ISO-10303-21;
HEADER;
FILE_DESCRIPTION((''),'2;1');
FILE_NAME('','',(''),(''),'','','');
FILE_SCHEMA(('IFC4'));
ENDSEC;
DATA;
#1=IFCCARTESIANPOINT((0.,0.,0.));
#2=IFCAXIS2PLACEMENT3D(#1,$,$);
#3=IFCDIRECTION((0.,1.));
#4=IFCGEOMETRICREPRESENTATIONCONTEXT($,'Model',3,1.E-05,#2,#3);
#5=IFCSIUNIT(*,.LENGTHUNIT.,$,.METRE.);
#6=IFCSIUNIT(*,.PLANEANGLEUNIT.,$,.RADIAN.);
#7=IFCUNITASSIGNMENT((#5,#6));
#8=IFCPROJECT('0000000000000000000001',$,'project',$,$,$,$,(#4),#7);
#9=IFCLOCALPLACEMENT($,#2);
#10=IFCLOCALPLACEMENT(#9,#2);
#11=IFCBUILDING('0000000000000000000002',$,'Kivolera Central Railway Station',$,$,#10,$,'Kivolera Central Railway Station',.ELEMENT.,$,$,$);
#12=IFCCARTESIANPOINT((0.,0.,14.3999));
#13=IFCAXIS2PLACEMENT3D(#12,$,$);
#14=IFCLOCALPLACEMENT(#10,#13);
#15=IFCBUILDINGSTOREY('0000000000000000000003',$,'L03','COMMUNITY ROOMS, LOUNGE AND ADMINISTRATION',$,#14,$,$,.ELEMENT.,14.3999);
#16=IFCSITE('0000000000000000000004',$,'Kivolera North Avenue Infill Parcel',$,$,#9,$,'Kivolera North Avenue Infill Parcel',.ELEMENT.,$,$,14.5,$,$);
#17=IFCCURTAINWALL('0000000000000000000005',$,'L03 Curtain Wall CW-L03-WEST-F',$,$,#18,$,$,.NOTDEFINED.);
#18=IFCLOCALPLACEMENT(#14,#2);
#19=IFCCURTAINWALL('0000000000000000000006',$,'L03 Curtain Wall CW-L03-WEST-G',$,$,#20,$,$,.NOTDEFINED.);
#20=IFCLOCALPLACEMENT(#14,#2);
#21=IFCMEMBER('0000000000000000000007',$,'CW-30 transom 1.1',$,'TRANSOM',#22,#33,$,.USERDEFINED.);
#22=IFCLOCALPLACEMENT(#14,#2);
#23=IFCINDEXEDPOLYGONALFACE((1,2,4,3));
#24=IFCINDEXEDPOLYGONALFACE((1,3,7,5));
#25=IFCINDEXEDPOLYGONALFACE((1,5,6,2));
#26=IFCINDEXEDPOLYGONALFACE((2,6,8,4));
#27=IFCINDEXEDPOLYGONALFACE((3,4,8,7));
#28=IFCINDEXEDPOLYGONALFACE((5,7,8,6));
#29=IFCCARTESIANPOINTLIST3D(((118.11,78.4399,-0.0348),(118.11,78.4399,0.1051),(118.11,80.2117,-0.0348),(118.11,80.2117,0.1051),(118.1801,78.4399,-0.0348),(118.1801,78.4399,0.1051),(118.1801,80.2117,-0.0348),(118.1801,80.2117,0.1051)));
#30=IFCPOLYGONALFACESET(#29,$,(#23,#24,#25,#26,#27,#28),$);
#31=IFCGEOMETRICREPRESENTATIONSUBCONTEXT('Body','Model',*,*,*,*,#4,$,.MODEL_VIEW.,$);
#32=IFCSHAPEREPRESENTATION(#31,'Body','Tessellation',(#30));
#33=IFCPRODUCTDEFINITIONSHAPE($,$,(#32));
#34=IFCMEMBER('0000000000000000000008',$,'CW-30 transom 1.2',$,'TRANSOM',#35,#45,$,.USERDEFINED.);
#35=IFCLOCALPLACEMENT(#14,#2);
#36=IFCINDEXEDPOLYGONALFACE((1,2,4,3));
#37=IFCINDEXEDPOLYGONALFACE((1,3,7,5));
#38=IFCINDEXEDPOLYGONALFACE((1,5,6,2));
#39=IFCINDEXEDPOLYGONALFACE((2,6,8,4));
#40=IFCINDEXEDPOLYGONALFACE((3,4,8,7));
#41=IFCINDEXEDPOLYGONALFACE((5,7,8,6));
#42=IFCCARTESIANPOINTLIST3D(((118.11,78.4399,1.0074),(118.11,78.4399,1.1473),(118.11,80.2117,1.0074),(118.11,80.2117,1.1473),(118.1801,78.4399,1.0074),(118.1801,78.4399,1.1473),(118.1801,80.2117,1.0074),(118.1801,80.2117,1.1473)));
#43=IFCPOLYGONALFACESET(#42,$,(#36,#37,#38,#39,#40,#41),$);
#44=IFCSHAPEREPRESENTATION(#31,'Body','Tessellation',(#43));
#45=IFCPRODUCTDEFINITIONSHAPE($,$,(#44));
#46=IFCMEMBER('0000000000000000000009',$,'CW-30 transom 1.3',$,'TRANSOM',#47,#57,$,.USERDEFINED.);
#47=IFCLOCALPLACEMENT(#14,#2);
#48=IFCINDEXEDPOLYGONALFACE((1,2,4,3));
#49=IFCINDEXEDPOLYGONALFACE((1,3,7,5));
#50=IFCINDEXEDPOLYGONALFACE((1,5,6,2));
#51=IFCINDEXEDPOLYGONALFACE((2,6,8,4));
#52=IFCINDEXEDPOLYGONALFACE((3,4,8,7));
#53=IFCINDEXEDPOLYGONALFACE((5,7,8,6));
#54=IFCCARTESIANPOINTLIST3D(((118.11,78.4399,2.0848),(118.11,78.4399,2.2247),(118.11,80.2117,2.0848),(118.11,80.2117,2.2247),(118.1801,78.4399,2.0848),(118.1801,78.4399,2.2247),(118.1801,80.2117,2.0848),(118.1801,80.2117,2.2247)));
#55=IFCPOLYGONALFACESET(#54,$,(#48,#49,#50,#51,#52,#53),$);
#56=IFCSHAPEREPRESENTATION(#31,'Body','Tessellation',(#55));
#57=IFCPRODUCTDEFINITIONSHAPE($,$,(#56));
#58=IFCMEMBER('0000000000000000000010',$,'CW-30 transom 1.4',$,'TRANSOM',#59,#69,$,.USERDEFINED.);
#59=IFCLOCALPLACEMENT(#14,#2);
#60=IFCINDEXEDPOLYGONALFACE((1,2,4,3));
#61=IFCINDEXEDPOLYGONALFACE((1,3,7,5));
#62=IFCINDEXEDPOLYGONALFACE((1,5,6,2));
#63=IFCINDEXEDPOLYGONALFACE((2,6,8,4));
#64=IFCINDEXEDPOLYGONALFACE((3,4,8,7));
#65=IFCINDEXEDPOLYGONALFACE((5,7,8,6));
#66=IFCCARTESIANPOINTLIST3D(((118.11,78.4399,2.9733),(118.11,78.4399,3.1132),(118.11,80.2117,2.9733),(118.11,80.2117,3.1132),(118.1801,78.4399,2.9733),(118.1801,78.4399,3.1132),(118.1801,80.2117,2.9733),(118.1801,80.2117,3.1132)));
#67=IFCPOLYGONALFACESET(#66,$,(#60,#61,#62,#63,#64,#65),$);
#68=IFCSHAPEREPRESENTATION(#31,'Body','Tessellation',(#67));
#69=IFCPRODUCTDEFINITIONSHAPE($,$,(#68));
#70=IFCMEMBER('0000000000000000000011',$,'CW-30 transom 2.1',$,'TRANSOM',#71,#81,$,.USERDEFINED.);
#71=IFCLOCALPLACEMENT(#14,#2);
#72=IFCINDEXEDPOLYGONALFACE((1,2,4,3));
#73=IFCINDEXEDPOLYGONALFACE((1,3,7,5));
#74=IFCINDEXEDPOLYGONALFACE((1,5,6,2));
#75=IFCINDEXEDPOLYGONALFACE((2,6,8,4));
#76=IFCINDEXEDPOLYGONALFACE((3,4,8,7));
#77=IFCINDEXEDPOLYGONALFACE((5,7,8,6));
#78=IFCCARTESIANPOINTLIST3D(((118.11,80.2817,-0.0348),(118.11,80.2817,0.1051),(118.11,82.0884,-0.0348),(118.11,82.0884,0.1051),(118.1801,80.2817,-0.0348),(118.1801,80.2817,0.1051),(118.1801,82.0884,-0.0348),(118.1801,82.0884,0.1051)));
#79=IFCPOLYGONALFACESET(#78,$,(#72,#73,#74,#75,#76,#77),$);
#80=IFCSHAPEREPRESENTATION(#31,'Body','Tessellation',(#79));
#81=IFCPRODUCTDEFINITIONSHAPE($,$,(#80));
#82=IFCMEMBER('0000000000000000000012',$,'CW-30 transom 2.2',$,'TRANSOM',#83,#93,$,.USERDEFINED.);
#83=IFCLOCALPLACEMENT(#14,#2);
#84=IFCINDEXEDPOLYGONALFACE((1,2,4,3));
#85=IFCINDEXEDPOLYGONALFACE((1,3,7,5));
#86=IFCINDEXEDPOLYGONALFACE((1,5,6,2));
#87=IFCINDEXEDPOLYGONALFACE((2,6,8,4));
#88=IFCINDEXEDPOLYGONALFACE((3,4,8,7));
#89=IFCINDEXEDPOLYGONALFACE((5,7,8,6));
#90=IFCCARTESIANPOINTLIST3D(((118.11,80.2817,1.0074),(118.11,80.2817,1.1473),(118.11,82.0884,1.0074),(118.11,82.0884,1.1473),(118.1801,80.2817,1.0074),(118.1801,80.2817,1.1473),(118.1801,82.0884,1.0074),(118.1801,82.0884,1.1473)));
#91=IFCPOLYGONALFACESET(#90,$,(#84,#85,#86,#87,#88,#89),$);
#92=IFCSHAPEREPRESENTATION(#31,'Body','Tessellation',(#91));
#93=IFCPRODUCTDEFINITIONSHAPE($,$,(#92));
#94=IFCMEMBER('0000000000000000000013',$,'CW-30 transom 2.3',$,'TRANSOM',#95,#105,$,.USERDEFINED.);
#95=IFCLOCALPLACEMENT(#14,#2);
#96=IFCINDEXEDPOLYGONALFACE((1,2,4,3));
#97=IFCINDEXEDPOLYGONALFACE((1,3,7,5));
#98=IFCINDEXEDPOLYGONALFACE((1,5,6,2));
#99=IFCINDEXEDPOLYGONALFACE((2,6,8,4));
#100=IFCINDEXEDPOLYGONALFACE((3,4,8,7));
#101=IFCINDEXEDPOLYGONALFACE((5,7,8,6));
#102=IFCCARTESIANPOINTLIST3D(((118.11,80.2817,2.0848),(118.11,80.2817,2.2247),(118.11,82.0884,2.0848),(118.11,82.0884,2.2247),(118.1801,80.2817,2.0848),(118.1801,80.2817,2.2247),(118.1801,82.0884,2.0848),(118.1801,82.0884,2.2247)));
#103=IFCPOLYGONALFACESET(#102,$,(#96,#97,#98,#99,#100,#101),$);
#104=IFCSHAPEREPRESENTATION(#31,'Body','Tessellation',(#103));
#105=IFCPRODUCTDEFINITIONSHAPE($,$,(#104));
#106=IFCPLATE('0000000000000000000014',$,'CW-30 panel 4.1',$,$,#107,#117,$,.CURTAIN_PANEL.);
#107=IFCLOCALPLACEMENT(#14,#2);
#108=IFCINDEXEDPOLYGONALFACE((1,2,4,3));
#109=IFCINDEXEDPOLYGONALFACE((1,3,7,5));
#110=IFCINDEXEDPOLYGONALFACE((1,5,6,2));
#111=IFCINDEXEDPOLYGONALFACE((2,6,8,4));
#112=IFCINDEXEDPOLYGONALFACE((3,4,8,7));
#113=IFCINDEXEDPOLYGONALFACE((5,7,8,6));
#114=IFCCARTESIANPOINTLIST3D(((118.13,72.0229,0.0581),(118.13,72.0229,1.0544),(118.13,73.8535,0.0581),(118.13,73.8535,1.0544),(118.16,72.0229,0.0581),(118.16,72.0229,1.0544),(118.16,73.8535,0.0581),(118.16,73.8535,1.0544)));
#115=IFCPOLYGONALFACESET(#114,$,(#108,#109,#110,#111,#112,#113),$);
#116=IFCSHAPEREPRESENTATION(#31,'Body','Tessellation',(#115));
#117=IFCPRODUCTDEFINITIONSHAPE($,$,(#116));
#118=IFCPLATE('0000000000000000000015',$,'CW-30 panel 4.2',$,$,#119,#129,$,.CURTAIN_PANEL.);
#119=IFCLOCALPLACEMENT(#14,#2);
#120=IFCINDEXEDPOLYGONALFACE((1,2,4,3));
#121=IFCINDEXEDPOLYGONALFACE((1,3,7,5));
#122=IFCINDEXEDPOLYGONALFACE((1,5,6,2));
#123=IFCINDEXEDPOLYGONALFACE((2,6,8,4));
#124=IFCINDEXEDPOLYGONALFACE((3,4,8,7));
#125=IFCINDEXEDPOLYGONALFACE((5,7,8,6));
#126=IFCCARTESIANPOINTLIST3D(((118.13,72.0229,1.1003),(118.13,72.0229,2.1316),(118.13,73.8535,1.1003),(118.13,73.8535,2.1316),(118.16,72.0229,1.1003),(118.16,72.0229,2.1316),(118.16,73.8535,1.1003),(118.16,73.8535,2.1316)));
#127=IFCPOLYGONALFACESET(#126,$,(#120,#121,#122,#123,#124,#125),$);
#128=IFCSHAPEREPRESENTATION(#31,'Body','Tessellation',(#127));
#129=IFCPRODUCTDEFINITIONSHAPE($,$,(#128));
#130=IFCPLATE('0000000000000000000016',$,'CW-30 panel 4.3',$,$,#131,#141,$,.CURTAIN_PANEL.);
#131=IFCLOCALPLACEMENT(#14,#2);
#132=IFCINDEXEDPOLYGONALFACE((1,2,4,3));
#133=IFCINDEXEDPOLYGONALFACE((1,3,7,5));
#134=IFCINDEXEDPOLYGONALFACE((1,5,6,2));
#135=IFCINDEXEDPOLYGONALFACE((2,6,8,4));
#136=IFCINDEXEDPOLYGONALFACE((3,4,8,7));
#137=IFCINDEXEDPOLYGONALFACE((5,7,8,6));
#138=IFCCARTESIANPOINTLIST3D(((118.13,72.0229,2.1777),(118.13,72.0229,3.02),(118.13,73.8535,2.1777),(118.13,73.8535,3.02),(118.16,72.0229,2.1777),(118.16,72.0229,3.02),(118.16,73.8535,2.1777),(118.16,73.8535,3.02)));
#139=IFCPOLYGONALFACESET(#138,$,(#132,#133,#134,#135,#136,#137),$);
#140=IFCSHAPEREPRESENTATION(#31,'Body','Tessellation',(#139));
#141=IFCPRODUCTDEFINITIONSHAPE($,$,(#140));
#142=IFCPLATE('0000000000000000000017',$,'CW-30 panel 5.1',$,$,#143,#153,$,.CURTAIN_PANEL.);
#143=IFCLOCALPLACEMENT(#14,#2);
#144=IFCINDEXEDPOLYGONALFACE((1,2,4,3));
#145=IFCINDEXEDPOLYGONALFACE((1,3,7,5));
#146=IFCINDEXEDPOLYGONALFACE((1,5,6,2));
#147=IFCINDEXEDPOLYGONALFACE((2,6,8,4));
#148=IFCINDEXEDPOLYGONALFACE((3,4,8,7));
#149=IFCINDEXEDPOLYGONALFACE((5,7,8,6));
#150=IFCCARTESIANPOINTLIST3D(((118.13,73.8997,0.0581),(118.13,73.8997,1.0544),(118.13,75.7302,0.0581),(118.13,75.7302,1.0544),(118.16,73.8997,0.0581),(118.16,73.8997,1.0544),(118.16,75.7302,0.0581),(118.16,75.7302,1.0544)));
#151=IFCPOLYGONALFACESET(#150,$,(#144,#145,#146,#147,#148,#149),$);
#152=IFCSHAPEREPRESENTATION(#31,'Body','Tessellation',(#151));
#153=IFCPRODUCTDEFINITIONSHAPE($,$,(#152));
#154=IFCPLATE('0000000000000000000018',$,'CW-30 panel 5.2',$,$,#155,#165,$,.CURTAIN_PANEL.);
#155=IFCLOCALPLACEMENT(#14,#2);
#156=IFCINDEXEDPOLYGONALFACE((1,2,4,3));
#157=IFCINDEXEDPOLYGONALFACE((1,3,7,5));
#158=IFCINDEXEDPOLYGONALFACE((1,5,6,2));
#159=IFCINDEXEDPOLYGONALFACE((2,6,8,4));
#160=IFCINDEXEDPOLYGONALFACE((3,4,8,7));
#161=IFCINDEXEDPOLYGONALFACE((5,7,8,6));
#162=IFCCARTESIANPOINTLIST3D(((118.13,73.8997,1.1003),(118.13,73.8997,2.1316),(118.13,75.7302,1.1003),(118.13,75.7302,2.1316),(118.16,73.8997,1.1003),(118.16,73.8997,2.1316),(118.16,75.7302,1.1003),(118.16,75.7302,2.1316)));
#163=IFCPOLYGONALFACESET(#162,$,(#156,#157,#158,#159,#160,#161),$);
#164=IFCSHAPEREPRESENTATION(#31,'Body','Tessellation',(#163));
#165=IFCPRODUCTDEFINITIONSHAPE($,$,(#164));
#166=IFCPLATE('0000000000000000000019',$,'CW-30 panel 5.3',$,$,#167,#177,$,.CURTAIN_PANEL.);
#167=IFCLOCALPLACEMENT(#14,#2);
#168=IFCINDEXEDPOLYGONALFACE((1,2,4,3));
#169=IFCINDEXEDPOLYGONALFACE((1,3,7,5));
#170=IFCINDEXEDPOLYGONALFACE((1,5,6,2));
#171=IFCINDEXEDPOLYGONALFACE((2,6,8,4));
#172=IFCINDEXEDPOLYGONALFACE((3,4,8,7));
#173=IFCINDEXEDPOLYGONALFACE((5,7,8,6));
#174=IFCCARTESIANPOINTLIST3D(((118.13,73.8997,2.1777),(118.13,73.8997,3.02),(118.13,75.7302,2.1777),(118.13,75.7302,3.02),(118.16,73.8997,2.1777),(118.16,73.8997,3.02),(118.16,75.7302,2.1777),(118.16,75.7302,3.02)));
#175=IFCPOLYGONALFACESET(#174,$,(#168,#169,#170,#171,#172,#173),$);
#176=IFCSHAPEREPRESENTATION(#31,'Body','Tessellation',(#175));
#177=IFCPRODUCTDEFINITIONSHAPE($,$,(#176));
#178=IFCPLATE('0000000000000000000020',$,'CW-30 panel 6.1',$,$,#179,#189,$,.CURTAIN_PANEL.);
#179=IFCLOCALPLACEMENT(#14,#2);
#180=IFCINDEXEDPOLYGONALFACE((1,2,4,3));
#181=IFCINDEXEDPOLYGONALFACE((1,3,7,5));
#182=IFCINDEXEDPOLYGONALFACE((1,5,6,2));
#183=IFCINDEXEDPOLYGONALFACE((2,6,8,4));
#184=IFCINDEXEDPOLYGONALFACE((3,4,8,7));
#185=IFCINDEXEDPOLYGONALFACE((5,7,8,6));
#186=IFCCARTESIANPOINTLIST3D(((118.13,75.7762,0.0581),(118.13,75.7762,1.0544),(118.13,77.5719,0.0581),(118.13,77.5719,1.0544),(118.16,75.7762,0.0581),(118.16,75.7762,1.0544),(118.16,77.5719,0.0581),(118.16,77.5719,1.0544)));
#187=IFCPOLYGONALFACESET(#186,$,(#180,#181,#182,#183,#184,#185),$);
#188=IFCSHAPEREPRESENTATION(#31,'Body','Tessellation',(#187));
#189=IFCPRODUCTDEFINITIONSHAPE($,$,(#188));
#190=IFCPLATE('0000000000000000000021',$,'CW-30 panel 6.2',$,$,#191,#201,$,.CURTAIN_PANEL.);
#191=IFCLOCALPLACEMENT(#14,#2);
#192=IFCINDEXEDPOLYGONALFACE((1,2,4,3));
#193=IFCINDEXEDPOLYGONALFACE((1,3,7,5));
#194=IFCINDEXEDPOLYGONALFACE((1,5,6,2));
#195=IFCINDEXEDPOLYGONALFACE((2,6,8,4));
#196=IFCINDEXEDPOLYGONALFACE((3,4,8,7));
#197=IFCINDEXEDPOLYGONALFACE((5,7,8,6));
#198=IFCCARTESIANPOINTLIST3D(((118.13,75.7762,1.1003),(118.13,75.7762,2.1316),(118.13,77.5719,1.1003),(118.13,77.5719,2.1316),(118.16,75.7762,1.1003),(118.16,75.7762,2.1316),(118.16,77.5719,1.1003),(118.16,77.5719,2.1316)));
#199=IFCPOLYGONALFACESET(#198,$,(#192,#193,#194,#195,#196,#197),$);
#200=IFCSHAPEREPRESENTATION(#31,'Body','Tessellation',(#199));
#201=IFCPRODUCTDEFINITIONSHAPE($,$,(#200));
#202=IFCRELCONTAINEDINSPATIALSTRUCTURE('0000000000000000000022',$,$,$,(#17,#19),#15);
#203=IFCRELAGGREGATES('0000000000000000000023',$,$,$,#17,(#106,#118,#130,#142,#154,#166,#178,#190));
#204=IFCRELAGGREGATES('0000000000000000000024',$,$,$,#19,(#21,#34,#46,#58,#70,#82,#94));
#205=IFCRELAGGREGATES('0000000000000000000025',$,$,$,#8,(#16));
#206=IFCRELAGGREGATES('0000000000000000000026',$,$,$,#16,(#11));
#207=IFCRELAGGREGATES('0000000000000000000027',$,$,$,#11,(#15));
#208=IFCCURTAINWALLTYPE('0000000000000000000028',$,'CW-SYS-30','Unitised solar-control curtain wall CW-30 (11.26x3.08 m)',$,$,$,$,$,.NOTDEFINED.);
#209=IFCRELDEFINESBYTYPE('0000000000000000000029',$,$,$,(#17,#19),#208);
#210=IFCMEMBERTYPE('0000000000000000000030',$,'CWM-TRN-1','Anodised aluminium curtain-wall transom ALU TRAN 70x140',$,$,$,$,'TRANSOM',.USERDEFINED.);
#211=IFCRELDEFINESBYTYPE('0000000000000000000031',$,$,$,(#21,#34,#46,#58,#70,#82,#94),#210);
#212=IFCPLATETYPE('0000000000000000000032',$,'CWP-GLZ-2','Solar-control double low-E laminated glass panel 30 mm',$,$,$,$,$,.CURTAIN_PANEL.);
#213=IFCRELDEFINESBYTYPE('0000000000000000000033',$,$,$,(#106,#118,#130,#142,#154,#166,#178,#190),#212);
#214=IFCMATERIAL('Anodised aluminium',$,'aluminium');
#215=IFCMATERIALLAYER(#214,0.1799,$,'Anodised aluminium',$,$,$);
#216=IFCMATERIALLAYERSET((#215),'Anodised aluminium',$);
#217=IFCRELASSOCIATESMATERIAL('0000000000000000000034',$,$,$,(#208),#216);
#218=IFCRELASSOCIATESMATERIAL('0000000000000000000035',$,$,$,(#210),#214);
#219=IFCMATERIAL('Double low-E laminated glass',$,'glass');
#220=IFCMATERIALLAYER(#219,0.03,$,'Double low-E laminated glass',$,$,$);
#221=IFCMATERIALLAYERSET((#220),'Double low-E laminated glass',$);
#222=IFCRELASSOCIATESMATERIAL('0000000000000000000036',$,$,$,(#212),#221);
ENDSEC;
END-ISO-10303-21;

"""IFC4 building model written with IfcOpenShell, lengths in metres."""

from ifc_helpers import new_model, si_unit, direction, frame, origin, origin_2d, place, context, subcontext, project, spatial, rectangle, extrude, material, layer, layer_set, material_profile, profile_set, type_object, element, aggregate, save


model = new_model("IFC4")

# Units and contexts
model_context = context("Model", 3, precision=1e-05, world=origin(), true_north=direction((0.0, 1.0)))
body_context = subcontext(model_context, "Body", "Model", "MODEL_VIEW")
ifc_project = project(units=[si_unit("LENGTHUNIT", "METRE"), si_unit("PLANEANGLEUNIT", "RADIAN")], contexts=[model_context])

# Site, building, storey
site_placement = place(None, origin())
site = spatial("IfcSite", under=ifc_project, at=site_placement, Name="Kivolera North Avenue Infill Parcel", LongName="Kivolera North Avenue Infill Parcel", CompositionType="ELEMENT", RefElevation=14.5)
building_placement = place(site_placement, origin())
building = spatial("IfcBuilding", under=site, at=building_placement, Name="Kivolera Central Railway Station", LongName="Kivolera Central Railway Station", CompositionType="ELEMENT")
storey_placement = place(building_placement, frame((0.0, 0.0, 14.3999)))
storey = spatial("IfcBuildingStorey", under=building, at=storey_placement, Name="L03", Description="COMMUNITY ROOMS, LOUNGE AND ADMINISTRATION", CompositionType="ELEMENT", Elevation=14.3999)

# Curtain walls
ifc_material_1 = material(Name="Anodised aluminium", Category="aluminium")
ifc_layer_1 = layer(ifc_material_1, 0.1799, Name="Anodised aluminium")
ifc_layer_set_1 = layer_set([ifc_layer_1], Name="Anodised aluminium")
curtain_wall_type = type_object("IfcCurtainWallType", Name="CW-SYS-30", Description="Unitised solar-control curtain wall CW-30 (11.26x3.08 m)", PredefinedType="NOTDEFINED", material=ifc_layer_set_1)
curtain_wall_1_placement = place(storey_placement, origin())
curtain_wall_1 = element("IfcCurtainWall", 1, at=curtain_wall_1_placement, inside=storey, type_object=curtain_wall_type, Name="L03 Curtain Wall CW-L03-WEST-F", PredefinedType="NOTDEFINED")
curtain_wall_2_placement = place(storey_placement, origin())
curtain_wall_2 = element("IfcCurtainWall", 2, at=curtain_wall_2_placement, inside=storey, type_object=curtain_wall_type, Name="L03 Curtain Wall CW-L03-WEST-G", PredefinedType="NOTDEFINED")

# Members
ifc_material_profile_1 = material_profile(ifc_material_1, rectangle(XDim=0.0701, YDim=0.1399, at=origin_2d()), Name="ALU TRAN 70x140")
ifc_profile_set_1 = profile_set([ifc_material_profile_1], Name="Anodised aluminium")
member_type_1 = type_object("IfcMemberType", Name="CWM-TRN-1", Description="Anodised aluminium curtain-wall transom ALU TRAN 70x140", ElementType="TRANSOM", PredefinedType="USERDEFINED", material=ifc_profile_set_1)
member_1_placement = place(storey_placement, frame((118.145, 78.4399, 0.0352), z_axis=(0.0, 1.0, 0.0), x_axis=(-1.0, 0.0, 0.0)))
member_1 = element("IfcMember", 3, at=member_1_placement, type_object=member_type_1, Name="CW-30 transom 1.1", ObjectType="TRANSOM", PredefinedType="USERDEFINED", context=body_context, shape_type="SweptSolid", body=[
    extrude(rectangle(XDim=0.0701, YDim=0.1399, at=origin_2d()), origin(), (0.0, 0.0, 1.0), 1.7717),
])
member_2_placement = place(storey_placement, frame((118.145, 78.4399, 1.0774), z_axis=(0.0, 1.0, 0.0), x_axis=(-1.0, 0.0, 0.0)))
member_2 = element("IfcMember", 4, at=member_2_placement, type_object=member_type_1, Name="CW-30 transom 1.2", ObjectType="TRANSOM", PredefinedType="USERDEFINED", context=body_context, shape_type="SweptSolid", body=[
    extrude(rectangle(XDim=0.0701, YDim=0.1399, at=origin_2d()), origin(), (0.0, 0.0, 1.0), 1.7717),
])
member_3_placement = place(storey_placement, frame((118.145, 78.4399, 2.1548), z_axis=(0.0, 1.0, 0.0), x_axis=(-1.0, 0.0, 0.0)))
member_3 = element("IfcMember", 5, at=member_3_placement, type_object=member_type_1, Name="CW-30 transom 1.3", ObjectType="TRANSOM", PredefinedType="USERDEFINED", context=body_context, shape_type="SweptSolid", body=[
    extrude(rectangle(XDim=0.0701, YDim=0.1399, at=origin_2d()), origin(), (0.0, 0.0, 1.0), 1.7717),
])
member_4_placement = place(storey_placement, frame((118.145, 78.4399, 3.0432), z_axis=(0.0, 1.0, 0.0), x_axis=(-1.0, 0.0, 0.0)))
member_4 = element("IfcMember", 6, at=member_4_placement, type_object=member_type_1, Name="CW-30 transom 1.4", ObjectType="TRANSOM", PredefinedType="USERDEFINED", context=body_context, shape_type="SweptSolid", body=[
    extrude(rectangle(XDim=0.0701, YDim=0.1399, at=origin_2d()), origin(), (0.0, 0.0, 1.0), 1.7717),
])
member_5_placement = place(storey_placement, frame((118.145, 80.2817, 0.0352), z_axis=(0.0, 1.0, 0.0), x_axis=(-1.0, 0.0, 0.0)))
member_5 = element("IfcMember", 7, at=member_5_placement, type_object=member_type_1, Name="CW-30 transom 2.1", ObjectType="TRANSOM", PredefinedType="USERDEFINED", context=body_context, shape_type="SweptSolid", body=[
    extrude(rectangle(XDim=0.0701, YDim=0.1399, at=origin_2d()), origin(), (0.0, 0.0, 1.0), 1.8066),
])
member_6_placement = place(storey_placement, frame((118.145, 80.2817, 1.0774), z_axis=(0.0, 1.0, 0.0), x_axis=(-1.0, 0.0, 0.0)))
member_6 = element("IfcMember", 8, at=member_6_placement, type_object=member_type_1, Name="CW-30 transom 2.2", ObjectType="TRANSOM", PredefinedType="USERDEFINED", context=body_context, shape_type="SweptSolid", body=[
    extrude(rectangle(XDim=0.0701, YDim=0.1399, at=origin_2d()), origin(), (0.0, 0.0, 1.0), 1.8066),
])
member_7_placement = place(storey_placement, frame((118.145, 80.2817, 2.1548), z_axis=(0.0, 1.0, 0.0), x_axis=(-1.0, 0.0, 0.0)))
member_7 = element("IfcMember", 9, at=member_7_placement, type_object=member_type_1, Name="CW-30 transom 2.3", ObjectType="TRANSOM", PredefinedType="USERDEFINED", context=body_context, shape_type="SweptSolid", body=[
    extrude(rectangle(XDim=0.0701, YDim=0.1399, at=origin_2d()), origin(), (0.0, 0.0, 1.0), 1.8066),
])

# Plates
ifc_material_2 = material(Name="Double low-E laminated glass", Category="glass")
ifc_layer_2 = layer(ifc_material_2, 0.03, Name="Double low-E laminated glass")
ifc_layer_set_2 = layer_set([ifc_layer_2], Name="Double low-E laminated glass")
plate_type = type_object("IfcPlateType", Name="CWP-GLZ-2", Description="Solar-control double low-E laminated glass panel 30 mm", PredefinedType="CURTAIN_PANEL", material=ifc_layer_set_2)
plate_1_placement = place(storey_placement, frame((118.145, 72.9382, 0.0581), z_axis=(0.0, 0.0, 1.0), x_axis=(0.0, 1.0, 0.0)))
plate_1 = element("IfcPlate", 10, at=plate_1_placement, type_object=plate_type, Name="CW-30 panel 4.1", PredefinedType="CURTAIN_PANEL", context=body_context, shape_type="SweptSolid", body=[
    extrude(rectangle(XDim=1.8306, YDim=0.03, at=origin_2d()), origin(), (0.0, 0.0, 1.0), 0.9963),
])
plate_2_placement = place(storey_placement, frame((118.145, 72.9382, 1.1003), z_axis=(0.0, 0.0, 1.0), x_axis=(0.0, 1.0, 0.0)))
plate_2 = element("IfcPlate", 11, at=plate_2_placement, type_object=plate_type, Name="CW-30 panel 4.2", PredefinedType="CURTAIN_PANEL", context=body_context, shape_type="SweptSolid", body=[
    extrude(rectangle(XDim=1.8306, YDim=0.03, at=origin_2d()), origin(), (0.0, 0.0, 1.0), 1.0312),
])
plate_3_placement = place(storey_placement, frame((118.145, 72.9382, 2.1777), z_axis=(0.0, 0.0, 1.0), x_axis=(0.0, 1.0, 0.0)))
plate_3 = element("IfcPlate", 12, at=plate_3_placement, type_object=plate_type, Name="CW-30 panel 4.3", PredefinedType="CURTAIN_PANEL", context=body_context, shape_type="SweptSolid", body=[
    extrude(rectangle(XDim=1.8306, YDim=0.03, at=origin_2d()), origin(), (0.0, 0.0, 1.0), 0.8423),
])
plate_4_placement = place(storey_placement, frame((118.145, 74.8149, 0.0581), z_axis=(0.0, 0.0, 1.0), x_axis=(0.0, 1.0, 0.0)))
plate_4 = element("IfcPlate", 13, at=plate_4_placement, type_object=plate_type, Name="CW-30 panel 5.1", PredefinedType="CURTAIN_PANEL", context=body_context, shape_type="SweptSolid", body=[
    extrude(rectangle(XDim=1.8306, YDim=0.03, at=origin_2d()), origin(), (0.0, 0.0, 1.0), 0.9963),
])
plate_5_placement = place(storey_placement, frame((118.145, 74.8149, 1.1003), z_axis=(0.0, 0.0, 1.0), x_axis=(0.0, 1.0, 0.0)))
plate_5 = element("IfcPlate", 14, at=plate_5_placement, type_object=plate_type, Name="CW-30 panel 5.2", PredefinedType="CURTAIN_PANEL", context=body_context, shape_type="SweptSolid", body=[
    extrude(rectangle(XDim=1.8306, YDim=0.03, at=origin_2d()), origin(), (0.0, 0.0, 1.0), 1.0312),
])
plate_6_placement = place(storey_placement, frame((118.145, 74.8149, 2.1777), z_axis=(0.0, 0.0, 1.0), x_axis=(0.0, 1.0, 0.0)))
plate_6 = element("IfcPlate", 15, at=plate_6_placement, type_object=plate_type, Name="CW-30 panel 5.3", PredefinedType="CURTAIN_PANEL", context=body_context, shape_type="SweptSolid", body=[
    extrude(rectangle(XDim=1.8306, YDim=0.03, at=origin_2d()), origin(), (0.0, 0.0, 1.0), 0.8423),
])
plate_7_placement = place(storey_placement, frame((118.145, 76.6741, 0.0581), z_axis=(0.0, 0.0, 1.0), x_axis=(0.0, 1.0, 0.0)))
plate_7 = element("IfcPlate", 16, at=plate_7_placement, type_object=plate_type, Name="CW-30 panel 6.1", PredefinedType="CURTAIN_PANEL", context=body_context, shape_type="SweptSolid", body=[
    extrude(rectangle(XDim=1.7957, YDim=0.03, at=origin_2d()), origin(), (0.0, 0.0, 1.0), 0.9963),
])
plate_8_placement = place(storey_placement, frame((118.145, 76.6741, 1.1003), z_axis=(0.0, 0.0, 1.0), x_axis=(0.0, 1.0, 0.0)))
plate_8 = element("IfcPlate", 17, at=plate_8_placement, type_object=plate_type, Name="CW-30 panel 6.2", PredefinedType="CURTAIN_PANEL", context=body_context, shape_type="SweptSolid", body=[
    extrude(rectangle(XDim=1.7957, YDim=0.03, at=origin_2d()), origin(), (0.0, 0.0, 1.0), 1.0312),
])
aggregate(curtain_wall_1, [plate_1, plate_2, plate_3, plate_4, plate_5, plate_6, plate_7, plate_8])
aggregate(curtain_wall_2, [member_1, member_2, member_3, member_4, member_5, member_6, member_7])

save(model, "model.ifc")
